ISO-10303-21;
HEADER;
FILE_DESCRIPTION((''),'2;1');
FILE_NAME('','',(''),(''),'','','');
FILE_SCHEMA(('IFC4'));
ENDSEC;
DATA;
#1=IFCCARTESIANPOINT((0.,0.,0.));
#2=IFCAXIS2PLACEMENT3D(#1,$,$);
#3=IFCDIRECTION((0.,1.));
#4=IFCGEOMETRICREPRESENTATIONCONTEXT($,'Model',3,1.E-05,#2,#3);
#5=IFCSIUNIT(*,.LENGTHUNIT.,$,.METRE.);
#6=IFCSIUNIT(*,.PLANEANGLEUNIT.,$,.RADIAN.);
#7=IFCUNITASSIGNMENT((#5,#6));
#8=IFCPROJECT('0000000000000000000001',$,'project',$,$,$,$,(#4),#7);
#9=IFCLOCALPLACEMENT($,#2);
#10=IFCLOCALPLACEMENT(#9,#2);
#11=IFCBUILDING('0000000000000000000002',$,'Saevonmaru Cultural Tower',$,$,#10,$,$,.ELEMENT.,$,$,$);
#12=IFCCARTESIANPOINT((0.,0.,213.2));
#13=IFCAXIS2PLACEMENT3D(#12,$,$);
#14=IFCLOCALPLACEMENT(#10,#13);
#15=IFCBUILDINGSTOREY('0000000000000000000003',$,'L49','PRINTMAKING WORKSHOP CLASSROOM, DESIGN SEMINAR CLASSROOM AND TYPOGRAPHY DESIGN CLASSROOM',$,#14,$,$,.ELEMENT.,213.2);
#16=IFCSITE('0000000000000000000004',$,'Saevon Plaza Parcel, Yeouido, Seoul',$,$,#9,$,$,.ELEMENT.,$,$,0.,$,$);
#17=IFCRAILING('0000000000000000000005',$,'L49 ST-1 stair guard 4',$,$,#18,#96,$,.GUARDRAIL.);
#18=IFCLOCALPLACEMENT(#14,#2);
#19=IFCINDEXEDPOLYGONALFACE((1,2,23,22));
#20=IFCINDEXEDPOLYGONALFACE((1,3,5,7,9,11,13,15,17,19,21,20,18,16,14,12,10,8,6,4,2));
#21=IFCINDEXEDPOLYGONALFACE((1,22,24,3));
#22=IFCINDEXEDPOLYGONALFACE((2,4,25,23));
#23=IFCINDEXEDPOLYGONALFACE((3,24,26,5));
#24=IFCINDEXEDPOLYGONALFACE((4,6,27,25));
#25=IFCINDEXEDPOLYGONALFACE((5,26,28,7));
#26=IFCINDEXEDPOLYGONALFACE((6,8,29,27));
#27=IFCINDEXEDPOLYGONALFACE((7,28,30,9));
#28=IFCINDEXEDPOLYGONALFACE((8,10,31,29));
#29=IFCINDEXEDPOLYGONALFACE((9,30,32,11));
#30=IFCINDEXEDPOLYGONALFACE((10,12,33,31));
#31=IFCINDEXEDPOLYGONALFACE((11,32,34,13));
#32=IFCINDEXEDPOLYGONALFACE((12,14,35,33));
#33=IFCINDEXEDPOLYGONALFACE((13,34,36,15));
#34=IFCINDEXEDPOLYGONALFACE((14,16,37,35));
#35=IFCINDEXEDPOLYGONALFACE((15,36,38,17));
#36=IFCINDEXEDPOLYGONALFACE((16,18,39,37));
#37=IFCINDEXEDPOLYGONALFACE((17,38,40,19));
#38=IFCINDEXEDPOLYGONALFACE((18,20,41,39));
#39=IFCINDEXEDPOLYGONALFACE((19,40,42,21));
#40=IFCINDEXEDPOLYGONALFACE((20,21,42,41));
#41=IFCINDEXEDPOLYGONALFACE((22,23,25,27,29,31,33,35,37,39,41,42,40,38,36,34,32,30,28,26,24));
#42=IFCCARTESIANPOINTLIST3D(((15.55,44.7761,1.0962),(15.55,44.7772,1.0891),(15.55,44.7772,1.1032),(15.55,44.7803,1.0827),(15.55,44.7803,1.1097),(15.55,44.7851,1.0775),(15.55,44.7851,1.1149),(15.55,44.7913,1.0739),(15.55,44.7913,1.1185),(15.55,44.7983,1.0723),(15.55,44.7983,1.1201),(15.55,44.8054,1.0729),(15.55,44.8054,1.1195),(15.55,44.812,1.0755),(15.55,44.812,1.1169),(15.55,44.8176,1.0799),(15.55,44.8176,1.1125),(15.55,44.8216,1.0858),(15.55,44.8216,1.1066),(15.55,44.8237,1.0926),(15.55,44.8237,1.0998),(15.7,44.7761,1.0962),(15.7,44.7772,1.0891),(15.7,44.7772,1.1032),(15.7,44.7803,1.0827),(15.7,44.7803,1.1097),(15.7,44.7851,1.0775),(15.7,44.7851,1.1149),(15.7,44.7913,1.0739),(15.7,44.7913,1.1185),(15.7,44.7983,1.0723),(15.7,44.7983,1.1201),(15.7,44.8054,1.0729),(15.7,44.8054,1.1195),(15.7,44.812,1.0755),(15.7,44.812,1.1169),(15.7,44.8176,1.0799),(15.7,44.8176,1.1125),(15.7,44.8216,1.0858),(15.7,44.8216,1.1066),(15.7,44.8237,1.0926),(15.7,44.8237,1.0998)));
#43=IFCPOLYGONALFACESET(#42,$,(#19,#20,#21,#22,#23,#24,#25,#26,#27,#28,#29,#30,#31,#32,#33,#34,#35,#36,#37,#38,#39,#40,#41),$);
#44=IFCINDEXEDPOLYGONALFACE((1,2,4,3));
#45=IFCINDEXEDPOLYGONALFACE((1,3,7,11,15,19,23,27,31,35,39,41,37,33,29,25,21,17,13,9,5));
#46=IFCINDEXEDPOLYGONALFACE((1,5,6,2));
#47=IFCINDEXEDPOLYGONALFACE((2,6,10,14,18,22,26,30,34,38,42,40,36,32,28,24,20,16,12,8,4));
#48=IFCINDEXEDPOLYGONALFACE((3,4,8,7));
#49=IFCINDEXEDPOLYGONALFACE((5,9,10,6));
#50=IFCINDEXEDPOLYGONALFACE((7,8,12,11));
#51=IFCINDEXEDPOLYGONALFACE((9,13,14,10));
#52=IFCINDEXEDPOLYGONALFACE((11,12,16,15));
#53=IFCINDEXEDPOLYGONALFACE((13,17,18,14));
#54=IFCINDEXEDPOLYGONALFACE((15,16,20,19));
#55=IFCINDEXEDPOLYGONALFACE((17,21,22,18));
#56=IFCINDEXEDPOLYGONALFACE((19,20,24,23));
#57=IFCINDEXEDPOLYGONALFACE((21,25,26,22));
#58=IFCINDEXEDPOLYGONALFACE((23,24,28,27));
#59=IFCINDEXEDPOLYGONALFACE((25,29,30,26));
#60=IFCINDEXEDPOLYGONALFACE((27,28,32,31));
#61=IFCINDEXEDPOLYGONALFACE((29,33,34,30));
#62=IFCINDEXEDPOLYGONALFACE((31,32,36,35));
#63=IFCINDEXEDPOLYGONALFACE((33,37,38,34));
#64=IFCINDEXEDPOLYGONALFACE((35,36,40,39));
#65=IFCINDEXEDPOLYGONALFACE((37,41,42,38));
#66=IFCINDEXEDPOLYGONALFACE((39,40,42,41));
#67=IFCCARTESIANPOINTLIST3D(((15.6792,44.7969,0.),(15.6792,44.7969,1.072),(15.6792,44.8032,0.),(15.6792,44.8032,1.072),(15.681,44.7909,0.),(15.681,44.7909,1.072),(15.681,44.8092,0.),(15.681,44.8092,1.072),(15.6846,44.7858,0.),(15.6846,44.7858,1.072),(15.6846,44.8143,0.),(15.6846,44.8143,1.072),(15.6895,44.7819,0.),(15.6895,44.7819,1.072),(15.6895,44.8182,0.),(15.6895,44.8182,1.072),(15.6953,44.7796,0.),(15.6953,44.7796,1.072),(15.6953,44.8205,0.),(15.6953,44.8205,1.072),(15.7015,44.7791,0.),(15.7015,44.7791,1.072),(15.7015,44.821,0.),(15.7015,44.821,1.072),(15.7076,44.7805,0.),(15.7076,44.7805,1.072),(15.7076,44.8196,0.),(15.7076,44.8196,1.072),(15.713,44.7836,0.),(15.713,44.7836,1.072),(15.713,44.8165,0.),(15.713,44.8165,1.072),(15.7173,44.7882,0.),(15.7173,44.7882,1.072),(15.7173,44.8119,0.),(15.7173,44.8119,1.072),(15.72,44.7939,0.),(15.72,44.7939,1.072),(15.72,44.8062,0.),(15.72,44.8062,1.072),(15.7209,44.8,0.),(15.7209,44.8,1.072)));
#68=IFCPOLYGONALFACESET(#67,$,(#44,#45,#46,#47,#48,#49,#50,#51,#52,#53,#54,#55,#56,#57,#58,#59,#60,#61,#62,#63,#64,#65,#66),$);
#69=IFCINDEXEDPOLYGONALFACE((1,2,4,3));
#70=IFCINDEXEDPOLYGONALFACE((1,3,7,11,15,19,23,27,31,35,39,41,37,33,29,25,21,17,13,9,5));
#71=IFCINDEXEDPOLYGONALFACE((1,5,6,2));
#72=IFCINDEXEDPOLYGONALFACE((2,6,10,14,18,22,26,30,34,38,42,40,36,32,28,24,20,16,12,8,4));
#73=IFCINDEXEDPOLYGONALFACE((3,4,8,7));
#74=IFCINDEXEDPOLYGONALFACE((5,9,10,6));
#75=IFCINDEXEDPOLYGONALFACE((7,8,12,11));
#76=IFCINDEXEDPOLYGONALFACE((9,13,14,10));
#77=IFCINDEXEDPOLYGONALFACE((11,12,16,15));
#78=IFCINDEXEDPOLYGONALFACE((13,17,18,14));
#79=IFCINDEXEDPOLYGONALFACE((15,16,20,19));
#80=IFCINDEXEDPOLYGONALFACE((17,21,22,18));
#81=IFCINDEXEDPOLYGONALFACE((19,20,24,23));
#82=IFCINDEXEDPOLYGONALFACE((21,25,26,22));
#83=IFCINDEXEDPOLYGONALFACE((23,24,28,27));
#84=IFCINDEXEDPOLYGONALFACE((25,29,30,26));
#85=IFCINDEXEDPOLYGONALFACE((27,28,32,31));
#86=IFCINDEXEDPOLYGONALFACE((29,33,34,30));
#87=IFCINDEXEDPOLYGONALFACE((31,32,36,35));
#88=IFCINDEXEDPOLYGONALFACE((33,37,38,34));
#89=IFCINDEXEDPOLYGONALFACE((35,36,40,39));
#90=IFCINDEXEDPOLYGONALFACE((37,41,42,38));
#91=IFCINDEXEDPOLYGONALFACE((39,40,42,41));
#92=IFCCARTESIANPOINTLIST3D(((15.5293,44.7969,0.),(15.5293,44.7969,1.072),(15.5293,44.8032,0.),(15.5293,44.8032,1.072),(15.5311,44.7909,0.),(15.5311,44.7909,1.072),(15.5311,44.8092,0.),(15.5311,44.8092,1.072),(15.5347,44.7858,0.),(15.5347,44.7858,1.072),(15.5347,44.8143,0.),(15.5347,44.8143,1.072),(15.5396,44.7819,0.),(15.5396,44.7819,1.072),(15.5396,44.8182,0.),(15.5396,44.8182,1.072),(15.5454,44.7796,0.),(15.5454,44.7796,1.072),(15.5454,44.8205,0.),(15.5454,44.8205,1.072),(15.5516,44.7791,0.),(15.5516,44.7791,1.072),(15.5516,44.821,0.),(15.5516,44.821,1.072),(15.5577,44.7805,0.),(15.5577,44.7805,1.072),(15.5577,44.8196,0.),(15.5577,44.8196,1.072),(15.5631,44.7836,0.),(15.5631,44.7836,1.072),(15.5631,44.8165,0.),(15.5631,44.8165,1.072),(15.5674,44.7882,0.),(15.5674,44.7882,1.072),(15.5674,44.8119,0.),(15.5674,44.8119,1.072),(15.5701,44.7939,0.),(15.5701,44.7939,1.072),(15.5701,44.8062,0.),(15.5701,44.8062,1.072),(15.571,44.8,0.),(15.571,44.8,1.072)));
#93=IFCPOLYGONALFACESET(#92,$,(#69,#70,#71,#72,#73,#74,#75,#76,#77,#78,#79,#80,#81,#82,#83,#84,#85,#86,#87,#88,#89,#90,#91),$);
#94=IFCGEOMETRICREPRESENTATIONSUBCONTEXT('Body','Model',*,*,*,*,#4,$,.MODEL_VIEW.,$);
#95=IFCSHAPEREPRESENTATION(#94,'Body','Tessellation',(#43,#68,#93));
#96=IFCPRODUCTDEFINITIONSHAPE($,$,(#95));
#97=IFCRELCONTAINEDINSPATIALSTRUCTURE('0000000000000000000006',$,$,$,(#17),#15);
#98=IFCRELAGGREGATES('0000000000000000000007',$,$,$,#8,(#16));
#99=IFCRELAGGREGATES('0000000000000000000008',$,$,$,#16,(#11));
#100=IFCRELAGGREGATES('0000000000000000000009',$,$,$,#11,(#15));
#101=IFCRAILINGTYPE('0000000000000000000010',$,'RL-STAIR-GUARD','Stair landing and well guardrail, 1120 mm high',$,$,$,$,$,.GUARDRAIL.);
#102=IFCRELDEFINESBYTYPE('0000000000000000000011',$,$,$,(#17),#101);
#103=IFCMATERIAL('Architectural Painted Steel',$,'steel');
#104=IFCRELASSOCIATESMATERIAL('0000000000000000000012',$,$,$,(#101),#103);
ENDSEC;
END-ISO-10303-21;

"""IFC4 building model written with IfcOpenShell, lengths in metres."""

from ifc_helpers import new_model, si_unit, direction, frame, origin, origin_2d, place, context, subcontext, project, spatial, circle, extrude, material, type_object, element, save


model = new_model("IFC4")

# Units and contexts
model_context = context("Model", 3, precision=1e-05, world=origin(), true_north=direction((0.0, 1.0)))
body_context = subcontext(model_context, "Body", "Model", "MODEL_VIEW")
ifc_project = project(units=[si_unit("LENGTHUNIT", "METRE"), si_unit("PLANEANGLEUNIT", "RADIAN")], contexts=[model_context])

# Site, building, storey
site_placement = place(None, origin())
site = spatial("IfcSite", under=ifc_project, at=site_placement, Name="Saevon Plaza Parcel, Yeouido, Seoul", CompositionType="ELEMENT", RefElevation=0.0)
building_placement = place(site_placement, origin())
building = spatial("IfcBuilding", under=site, at=building_placement, Name="Saevonmaru Cultural Tower", CompositionType="ELEMENT")
storey_placement = place(building_placement, frame((0.0, 0.0, 213.2)))
storey = spatial("IfcBuildingStorey", under=building, at=storey_placement, Name="L49", Description="PRINTMAKING WORKSHOP CLASSROOM, DESIGN SEMINAR CLASSROOM AND TYPOGRAPHY DESIGN CLASSROOM", CompositionType="ELEMENT", Elevation=213.2)

# Railing
ifc_material_1 = material(Name="Architectural Painted Steel", Category="steel")
railing_type_1 = type_object("IfcRailingType", Name="RL-STAIR-GUARD", Description="Stair landing and well guardrail, 1120 mm high", PredefinedType="GUARDRAIL", material=ifc_material_1)
railing_1_placement = place(storey_placement, frame((15.7, 44.8, 0.0)))
element("IfcRailing", 1, at=railing_1_placement, inside=storey, type_object=railing_type_1, Name="L49 ST-1 stair guard 4", PredefinedType="GUARDRAIL", context=body_context, shape_type="SweptSolid", body=[
    extrude(circle(Radius=0.0239, at=origin_2d()), frame((0.0, 0.0, 1.0962), z_axis=(-1.0, 0.0, 0.0), x_axis=(0.0, -1.0, 0.0)), (0.0, 0.0, 1.0), 0.1499),
    extrude(circle(Radius=0.021, at=origin_2d()), origin(), (0.0, 0.0, 1.0), 1.072),
    extrude(circle(Radius=0.021, at=origin_2d()), frame((-0.1499, 0.0, 0.0)), (0.0, 0.0, 1.0), 1.072),
])

save(model, "model.ifc")
